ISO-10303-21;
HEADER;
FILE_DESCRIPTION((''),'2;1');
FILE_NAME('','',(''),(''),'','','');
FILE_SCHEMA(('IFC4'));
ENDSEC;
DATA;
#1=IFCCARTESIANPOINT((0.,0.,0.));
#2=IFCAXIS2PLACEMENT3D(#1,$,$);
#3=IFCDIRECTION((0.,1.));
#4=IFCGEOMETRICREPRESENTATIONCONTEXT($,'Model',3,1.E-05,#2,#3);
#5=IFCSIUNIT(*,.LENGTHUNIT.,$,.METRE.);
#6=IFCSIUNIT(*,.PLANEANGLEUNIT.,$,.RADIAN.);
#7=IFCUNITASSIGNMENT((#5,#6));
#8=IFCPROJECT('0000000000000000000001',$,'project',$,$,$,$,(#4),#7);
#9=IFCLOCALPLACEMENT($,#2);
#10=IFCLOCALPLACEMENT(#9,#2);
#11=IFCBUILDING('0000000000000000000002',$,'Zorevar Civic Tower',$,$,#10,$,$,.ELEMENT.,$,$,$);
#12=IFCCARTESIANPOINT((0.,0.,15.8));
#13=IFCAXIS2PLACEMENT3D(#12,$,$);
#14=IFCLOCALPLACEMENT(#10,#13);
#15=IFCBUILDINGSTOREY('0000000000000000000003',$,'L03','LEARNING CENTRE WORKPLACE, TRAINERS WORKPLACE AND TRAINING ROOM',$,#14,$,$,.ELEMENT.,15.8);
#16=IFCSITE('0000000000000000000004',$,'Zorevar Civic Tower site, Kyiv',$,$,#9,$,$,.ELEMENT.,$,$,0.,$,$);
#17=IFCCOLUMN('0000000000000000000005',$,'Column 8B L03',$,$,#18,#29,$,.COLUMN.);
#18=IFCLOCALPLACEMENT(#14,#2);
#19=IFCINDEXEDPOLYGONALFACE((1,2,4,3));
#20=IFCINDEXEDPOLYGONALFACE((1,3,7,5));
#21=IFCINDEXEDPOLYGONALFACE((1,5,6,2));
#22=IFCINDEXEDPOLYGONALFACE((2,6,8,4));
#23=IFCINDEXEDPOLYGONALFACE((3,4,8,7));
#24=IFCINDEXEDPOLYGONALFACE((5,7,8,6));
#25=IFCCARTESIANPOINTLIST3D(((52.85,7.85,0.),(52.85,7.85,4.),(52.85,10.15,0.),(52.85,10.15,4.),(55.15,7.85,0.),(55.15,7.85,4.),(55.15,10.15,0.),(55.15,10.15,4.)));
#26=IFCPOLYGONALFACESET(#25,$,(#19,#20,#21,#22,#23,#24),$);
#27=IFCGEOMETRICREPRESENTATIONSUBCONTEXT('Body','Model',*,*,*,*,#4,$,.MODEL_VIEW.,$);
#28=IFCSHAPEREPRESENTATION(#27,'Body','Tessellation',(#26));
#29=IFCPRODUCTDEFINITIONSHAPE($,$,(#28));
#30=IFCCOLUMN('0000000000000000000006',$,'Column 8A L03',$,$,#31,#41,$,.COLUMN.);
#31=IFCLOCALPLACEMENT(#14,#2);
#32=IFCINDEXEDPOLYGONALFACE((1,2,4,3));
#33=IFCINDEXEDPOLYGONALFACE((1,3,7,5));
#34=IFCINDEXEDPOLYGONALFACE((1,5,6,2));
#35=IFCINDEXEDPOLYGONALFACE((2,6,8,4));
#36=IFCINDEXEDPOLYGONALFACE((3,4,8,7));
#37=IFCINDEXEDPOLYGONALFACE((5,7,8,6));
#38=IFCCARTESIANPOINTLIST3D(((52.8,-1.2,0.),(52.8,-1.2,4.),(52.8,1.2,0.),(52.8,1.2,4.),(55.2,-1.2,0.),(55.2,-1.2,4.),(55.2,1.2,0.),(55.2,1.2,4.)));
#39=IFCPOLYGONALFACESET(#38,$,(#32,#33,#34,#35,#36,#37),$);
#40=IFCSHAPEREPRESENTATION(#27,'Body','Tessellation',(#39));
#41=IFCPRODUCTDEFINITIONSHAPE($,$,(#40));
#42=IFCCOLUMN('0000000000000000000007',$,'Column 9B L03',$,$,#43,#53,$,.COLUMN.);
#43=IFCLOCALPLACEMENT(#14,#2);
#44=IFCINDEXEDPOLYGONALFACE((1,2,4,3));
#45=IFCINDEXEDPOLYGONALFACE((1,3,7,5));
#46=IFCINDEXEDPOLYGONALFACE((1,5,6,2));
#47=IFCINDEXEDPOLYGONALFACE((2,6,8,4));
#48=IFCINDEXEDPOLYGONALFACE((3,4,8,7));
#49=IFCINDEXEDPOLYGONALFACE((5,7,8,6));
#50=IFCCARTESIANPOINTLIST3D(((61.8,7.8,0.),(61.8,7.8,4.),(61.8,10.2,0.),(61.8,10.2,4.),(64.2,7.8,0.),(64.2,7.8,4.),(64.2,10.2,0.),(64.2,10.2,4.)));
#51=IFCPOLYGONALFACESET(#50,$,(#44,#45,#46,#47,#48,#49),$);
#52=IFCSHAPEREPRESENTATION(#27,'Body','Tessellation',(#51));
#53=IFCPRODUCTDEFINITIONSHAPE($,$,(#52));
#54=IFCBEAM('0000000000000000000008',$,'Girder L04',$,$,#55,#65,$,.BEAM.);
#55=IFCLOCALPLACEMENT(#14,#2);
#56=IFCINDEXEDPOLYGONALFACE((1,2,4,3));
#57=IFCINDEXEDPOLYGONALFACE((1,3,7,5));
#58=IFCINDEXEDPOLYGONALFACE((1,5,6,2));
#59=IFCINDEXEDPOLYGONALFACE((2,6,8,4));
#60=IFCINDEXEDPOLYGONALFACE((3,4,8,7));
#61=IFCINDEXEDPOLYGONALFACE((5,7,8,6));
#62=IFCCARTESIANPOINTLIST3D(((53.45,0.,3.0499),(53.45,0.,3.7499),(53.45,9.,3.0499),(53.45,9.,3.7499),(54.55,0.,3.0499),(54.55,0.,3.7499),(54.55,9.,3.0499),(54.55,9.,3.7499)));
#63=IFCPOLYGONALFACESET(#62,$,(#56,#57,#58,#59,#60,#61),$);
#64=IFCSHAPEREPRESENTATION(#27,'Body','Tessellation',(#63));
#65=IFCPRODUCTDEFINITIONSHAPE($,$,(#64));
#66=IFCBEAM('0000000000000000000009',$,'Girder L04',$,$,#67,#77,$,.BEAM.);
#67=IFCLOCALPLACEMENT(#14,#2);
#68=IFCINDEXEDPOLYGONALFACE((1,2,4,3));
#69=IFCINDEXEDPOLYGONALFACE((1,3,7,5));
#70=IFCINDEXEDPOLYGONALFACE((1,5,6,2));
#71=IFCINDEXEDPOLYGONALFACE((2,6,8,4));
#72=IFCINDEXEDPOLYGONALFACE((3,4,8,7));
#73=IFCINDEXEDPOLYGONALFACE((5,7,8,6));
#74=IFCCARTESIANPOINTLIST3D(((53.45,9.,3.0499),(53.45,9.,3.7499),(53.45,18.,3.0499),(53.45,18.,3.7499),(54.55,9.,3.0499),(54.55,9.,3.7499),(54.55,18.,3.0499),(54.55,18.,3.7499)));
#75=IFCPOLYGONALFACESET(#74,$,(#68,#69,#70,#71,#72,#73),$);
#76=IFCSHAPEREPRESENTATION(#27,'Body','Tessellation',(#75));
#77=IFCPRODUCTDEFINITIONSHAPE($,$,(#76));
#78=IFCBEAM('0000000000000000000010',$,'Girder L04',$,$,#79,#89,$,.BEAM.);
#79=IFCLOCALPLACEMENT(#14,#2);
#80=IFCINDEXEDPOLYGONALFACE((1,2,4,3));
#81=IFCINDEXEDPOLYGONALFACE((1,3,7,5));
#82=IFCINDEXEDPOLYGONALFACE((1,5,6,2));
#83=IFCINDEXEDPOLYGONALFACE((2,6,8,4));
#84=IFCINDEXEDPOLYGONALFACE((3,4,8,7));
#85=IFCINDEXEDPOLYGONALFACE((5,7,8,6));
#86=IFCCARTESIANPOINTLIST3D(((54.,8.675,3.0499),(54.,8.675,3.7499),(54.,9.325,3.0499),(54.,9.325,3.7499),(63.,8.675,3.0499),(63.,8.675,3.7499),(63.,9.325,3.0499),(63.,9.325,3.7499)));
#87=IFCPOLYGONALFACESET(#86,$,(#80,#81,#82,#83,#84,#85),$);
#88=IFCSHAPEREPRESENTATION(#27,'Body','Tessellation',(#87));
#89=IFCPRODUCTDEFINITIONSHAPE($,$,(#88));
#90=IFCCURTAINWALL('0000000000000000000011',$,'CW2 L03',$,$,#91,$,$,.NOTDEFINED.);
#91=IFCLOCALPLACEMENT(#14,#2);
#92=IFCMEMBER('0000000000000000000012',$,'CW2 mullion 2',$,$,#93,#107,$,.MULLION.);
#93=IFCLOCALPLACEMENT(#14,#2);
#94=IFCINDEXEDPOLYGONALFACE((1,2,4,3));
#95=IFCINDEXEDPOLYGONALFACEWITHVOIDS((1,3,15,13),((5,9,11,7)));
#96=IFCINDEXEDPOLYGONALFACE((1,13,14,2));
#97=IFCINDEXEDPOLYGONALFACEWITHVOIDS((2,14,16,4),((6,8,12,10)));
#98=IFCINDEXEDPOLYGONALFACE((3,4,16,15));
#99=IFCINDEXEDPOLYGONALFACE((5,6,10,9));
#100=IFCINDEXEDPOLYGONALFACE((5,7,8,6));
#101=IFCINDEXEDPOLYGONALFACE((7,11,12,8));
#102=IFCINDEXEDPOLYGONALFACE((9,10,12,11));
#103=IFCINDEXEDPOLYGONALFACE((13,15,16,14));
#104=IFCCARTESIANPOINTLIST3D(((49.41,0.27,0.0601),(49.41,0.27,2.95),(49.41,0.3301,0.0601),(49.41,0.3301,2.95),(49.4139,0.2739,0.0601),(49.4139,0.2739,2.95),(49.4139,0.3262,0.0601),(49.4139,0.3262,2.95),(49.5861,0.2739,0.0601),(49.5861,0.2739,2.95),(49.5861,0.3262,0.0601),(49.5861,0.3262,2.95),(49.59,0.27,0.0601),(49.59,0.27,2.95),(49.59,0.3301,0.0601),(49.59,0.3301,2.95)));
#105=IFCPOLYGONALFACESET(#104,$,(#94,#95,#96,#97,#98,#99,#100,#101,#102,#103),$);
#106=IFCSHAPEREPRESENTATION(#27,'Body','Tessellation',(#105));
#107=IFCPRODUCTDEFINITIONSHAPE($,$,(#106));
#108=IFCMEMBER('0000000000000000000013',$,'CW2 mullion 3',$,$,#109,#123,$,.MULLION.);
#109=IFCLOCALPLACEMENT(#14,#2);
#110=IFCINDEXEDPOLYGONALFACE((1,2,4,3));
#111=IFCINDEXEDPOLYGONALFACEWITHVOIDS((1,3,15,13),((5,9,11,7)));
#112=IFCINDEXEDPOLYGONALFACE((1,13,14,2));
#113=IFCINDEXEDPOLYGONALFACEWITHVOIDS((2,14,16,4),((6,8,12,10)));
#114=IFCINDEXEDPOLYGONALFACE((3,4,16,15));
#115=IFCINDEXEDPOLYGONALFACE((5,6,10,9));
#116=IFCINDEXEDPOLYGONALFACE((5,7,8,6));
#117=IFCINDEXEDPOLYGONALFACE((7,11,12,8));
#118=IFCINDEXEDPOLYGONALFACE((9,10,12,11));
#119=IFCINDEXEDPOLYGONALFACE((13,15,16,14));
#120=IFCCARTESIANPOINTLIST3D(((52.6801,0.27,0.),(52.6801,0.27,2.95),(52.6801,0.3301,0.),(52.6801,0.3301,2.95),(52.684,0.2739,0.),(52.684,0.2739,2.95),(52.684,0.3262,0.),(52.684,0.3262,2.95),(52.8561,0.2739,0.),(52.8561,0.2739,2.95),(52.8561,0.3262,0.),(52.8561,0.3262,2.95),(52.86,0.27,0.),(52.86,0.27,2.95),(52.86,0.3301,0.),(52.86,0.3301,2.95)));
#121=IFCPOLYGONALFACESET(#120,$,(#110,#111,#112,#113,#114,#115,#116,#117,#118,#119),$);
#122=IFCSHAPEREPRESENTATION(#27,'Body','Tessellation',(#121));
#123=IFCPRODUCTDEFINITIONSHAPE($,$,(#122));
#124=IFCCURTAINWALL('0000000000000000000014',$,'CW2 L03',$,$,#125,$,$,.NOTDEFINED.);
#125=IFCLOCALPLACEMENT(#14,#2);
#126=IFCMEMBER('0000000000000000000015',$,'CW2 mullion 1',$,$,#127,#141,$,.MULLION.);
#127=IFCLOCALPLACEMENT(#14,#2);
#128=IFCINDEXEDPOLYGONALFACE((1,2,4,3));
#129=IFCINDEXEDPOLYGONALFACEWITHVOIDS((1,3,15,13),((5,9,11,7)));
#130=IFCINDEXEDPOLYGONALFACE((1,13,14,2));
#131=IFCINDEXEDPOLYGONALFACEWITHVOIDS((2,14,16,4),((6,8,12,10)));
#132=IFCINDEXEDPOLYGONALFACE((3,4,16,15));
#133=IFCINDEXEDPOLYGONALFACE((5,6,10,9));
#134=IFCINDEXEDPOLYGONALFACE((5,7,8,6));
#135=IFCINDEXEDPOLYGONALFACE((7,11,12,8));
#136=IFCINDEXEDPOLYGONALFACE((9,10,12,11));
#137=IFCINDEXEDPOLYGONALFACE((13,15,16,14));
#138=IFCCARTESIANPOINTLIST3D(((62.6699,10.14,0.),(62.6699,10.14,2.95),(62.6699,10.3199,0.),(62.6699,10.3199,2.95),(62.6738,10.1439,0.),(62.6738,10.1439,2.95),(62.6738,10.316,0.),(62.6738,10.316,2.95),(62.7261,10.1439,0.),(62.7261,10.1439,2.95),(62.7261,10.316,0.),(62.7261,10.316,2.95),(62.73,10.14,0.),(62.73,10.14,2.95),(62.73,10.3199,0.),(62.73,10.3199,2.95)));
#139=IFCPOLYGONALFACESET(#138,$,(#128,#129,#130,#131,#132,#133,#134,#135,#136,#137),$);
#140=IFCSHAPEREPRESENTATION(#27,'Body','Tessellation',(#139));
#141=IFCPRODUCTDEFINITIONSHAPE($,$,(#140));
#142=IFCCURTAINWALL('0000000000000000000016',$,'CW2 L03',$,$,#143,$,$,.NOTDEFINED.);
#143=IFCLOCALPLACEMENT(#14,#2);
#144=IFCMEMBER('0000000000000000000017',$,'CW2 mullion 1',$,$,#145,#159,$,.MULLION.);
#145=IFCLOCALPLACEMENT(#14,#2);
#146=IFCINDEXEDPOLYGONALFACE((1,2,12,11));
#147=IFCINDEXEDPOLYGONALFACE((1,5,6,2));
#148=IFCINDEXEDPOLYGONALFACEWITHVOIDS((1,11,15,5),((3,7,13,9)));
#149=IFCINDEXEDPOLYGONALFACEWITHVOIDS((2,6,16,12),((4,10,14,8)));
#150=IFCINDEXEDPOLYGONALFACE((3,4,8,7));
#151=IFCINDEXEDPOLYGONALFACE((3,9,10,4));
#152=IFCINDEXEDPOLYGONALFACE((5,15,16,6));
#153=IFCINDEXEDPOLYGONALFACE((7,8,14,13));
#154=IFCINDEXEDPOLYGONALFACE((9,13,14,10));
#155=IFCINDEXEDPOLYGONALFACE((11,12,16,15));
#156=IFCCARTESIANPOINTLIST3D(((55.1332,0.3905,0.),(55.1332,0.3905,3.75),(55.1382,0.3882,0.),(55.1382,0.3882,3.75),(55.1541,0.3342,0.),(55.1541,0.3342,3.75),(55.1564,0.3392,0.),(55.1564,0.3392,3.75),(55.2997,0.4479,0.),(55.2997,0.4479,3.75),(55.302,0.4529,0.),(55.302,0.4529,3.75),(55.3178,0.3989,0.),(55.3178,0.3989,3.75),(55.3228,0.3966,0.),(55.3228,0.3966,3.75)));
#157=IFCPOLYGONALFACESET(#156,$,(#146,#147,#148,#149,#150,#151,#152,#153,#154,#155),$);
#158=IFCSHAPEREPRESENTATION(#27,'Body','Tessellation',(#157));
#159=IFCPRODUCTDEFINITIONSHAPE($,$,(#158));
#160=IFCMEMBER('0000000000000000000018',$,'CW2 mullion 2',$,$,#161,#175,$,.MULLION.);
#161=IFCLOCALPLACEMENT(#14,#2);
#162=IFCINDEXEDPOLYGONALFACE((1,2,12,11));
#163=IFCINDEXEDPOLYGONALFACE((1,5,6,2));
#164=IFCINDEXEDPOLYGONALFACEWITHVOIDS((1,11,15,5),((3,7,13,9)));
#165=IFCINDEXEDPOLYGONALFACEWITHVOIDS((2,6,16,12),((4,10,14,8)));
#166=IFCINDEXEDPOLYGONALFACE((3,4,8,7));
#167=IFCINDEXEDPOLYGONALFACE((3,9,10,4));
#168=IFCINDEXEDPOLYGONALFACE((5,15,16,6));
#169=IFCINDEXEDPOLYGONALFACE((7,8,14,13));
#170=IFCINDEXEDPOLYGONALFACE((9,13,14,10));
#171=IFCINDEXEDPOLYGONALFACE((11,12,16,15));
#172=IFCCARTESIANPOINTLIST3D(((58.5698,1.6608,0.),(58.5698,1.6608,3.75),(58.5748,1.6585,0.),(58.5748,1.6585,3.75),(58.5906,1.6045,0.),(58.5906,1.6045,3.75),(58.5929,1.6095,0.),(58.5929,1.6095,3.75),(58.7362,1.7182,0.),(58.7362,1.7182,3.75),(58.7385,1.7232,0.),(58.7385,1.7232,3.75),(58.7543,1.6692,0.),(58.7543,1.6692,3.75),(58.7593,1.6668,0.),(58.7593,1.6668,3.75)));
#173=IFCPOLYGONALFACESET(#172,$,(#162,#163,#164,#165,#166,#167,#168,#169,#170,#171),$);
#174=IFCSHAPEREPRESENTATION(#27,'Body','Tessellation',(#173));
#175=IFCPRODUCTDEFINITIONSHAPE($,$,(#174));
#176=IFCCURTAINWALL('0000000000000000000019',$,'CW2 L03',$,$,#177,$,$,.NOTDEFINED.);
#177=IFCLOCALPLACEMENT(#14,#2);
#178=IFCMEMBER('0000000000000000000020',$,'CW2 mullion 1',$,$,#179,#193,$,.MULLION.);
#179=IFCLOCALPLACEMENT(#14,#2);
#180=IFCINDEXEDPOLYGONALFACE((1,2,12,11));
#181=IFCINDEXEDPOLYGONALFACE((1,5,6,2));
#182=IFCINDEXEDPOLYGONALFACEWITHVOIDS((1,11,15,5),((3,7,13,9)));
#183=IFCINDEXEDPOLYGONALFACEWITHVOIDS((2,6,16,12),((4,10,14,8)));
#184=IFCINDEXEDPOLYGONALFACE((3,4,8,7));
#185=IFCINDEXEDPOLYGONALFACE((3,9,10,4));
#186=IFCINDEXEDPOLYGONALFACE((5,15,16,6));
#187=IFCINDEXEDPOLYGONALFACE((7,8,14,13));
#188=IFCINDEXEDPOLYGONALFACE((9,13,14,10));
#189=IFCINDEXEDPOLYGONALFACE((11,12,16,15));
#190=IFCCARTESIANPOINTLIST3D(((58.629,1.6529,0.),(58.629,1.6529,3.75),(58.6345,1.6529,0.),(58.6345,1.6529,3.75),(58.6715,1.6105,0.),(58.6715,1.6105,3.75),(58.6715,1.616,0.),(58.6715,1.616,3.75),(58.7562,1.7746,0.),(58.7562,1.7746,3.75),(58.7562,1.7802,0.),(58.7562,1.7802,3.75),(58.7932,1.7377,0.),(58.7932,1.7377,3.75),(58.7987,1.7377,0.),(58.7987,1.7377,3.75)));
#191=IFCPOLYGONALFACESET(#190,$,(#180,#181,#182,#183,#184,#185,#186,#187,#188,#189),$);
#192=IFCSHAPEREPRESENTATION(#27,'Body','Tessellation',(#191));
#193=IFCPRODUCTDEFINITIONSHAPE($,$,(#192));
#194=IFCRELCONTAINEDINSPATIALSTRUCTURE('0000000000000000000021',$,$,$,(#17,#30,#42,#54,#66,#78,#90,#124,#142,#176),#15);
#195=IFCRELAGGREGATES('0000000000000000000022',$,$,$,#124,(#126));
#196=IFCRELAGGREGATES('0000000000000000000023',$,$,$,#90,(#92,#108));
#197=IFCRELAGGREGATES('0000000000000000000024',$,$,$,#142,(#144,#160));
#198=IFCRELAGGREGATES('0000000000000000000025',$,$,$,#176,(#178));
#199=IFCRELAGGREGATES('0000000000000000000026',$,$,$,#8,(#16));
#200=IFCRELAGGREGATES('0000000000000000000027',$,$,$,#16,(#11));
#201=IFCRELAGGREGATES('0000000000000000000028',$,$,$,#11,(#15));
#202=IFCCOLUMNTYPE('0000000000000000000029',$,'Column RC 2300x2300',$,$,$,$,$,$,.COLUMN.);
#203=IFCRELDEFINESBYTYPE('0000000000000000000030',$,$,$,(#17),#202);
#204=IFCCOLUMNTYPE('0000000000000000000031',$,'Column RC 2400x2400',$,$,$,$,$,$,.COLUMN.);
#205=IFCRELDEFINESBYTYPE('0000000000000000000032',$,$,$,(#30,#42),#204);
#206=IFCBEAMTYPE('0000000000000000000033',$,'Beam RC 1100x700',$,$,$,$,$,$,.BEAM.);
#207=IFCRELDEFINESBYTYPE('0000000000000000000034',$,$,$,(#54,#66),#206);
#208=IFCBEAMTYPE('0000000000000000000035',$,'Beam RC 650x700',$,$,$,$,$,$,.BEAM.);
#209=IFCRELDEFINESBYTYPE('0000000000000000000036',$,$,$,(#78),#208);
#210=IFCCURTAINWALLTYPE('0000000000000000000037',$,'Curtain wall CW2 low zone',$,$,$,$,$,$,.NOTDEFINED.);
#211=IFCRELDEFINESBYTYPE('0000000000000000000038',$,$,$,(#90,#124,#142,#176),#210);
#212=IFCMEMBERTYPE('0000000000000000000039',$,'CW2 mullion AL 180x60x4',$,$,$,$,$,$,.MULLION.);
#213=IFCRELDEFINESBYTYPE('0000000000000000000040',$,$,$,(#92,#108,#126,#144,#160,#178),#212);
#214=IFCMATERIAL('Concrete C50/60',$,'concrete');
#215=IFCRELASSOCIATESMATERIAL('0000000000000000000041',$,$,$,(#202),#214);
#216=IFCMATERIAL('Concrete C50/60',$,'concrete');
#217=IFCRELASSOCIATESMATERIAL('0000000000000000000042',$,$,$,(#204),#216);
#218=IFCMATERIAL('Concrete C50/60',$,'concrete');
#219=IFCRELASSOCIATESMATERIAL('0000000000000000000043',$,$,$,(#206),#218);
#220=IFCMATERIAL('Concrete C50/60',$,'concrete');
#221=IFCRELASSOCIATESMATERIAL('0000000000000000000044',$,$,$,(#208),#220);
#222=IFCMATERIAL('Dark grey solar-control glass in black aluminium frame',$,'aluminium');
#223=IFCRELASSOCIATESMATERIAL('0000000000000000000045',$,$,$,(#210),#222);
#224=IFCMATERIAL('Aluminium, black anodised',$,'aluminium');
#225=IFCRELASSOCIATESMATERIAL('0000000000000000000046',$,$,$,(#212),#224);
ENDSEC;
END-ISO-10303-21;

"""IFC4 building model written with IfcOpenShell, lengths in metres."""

from ifc_helpers import new_model, si_unit, direction, frame, origin, origin_2d, place, context, subcontext, project, spatial, rectangle, hollow_rectangle, extrude, material, material_profile, profile_set, type_object, element, aggregate, save


model = new_model("IFC4")

# Units and contexts
model_context = context("Model", 3, precision=1e-05, world=origin(), true_north=direction((0.0, 1.0)))
body_context = subcontext(model_context, "Body", "Model", "MODEL_VIEW")
ifc_project = project(units=[si_unit("LENGTHUNIT", "METRE"), si_unit("PLANEANGLEUNIT", "RADIAN")], contexts=[model_context])

# Site, building, storey
site_placement = place(None, origin())
site = spatial("IfcSite", under=ifc_project, at=site_placement, Name="Zorevar Civic Tower site, Kyiv", CompositionType="ELEMENT", RefElevation=0.0)
building_placement = place(site_placement, origin())
building = spatial("IfcBuilding", under=site, at=building_placement, Name="Zorevar Civic Tower", CompositionType="ELEMENT")
storey_placement = place(building_placement, frame((0.0, 0.0, 15.8)))
storey = spatial("IfcBuildingStorey", under=building, at=storey_placement, Name="L03", Description="LEARNING CENTRE WORKPLACE, TRAINERS WORKPLACE AND TRAINING ROOM", CompositionType="ELEMENT", Elevation=15.8)

# Columns
ifc_material_1 = material(Name="Concrete C50/60", Category="concrete")
ifc_material_profile_1 = material_profile(ifc_material_1, rectangle(XDim=2.3, YDim=2.3, at=origin_2d()), Name="RC 2300x2300")
ifc_profile_set_1 = profile_set([ifc_material_profile_1], Name="Concrete C50/60")
column_type_1 = type_object("IfcColumnType", Name="Column RC 2300x2300", PredefinedType="COLUMN", material=ifc_profile_set_1)
column_placement = place(storey_placement, frame((54.0, 9.0, 0.0), z_axis=(0.0, 0.0, 1.0), x_axis=(1.0, 0.0, 0.0)))
element("IfcColumn", 1, at=column_placement, inside=storey, type_object=column_type_1, Name="Column 8B L03", PredefinedType="COLUMN", context=body_context, shape_type="SweptSolid", body=[
    extrude(rectangle(XDim=2.3, YDim=2.3, at=origin_2d()), origin(), (0.0, 0.0, 1.0), 4.0),
])
ifc_material_2 = material(Name="Concrete C50/60", Category="concrete")
ifc_material_profile_2 = material_profile(ifc_material_2, rectangle(XDim=2.3999, YDim=2.3999, at=origin_2d()), Name="RC 2400x2400")
ifc_profile_set_2 = profile_set([ifc_material_profile_2], Name="Concrete C50/60")
column_type_2 = type_object("IfcColumnType", Name="Column RC 2400x2400", PredefinedType="COLUMN", material=ifc_profile_set_2)
for number, where, z_axis, x_axis, name in (
    (2, (54.0, 0.0, 0.0), (0.0, 0.0, 1.0), (1.0, 0.0, 0.0), "Column 8A L03"),
    (3, (63.0, 9.0, 0.0), (0.0, 0.0, 1.0), (1.0, 0.0, 0.0), "Column 9B L03"),
):
    element("IfcColumn", number, at=place(storey_placement, frame(where, z_axis=z_axis, x_axis=x_axis)), inside=storey, type_object=column_type_2, Name=name, PredefinedType="COLUMN", context=body_context, shape_type="SweptSolid", body=[
        extrude(rectangle(XDim=2.3999, YDim=2.3999, at=origin_2d()), origin(), (0.0, 0.0, 1.0), 4.0),
    ])

# Beams
ifc_material_3 = material(Name="Concrete C50/60", Category="concrete")
ifc_material_profile_3 = material_profile(ifc_material_3, rectangle(XDim=1.1001, YDim=0.7, at=origin_2d()), Name="RC 1100x700")
ifc_profile_set_3 = profile_set([ifc_material_profile_3], Name="Concrete C50/60")
beam_type_1 = type_object("IfcBeamType", Name="Beam RC 1100x700", PredefinedType="BEAM", material=ifc_profile_set_3)
for number, where, z_axis, x_axis, name in (
    (4, (54.0, 0.0, 3.3999), (0.0, 1.0, 0.0), (-1.0, 0.0, 0.0), "Girder L04"),
    (5, (54.0, 9.0, 3.3999), (0.0, 1.0, 0.0), (-1.0, 0.0, 0.0), "Girder L04"),
):
    element("IfcBeam", number, at=place(storey_placement, frame(where, z_axis=z_axis, x_axis=x_axis)), inside=storey, type_object=beam_type_1, Name=name, PredefinedType="BEAM", context=body_context, shape_type="SweptSolid", body=[
        extrude(rectangle(XDim=1.1001, YDim=0.7, at=origin_2d()), origin(), (0.0, 0.0, 1.0), 9.0),
    ])
ifc_material_4 = material(Name="Concrete C50/60", Category="concrete")
ifc_material_profile_4 = material_profile(ifc_material_4, rectangle(XDim=0.6499, YDim=0.7, at=origin_2d()), Name="RC 650x700")
ifc_profile_set_4 = profile_set([ifc_material_profile_4], Name="Concrete C50/60")
beam_type_2 = type_object("IfcBeamType", Name="Beam RC 650x700", PredefinedType="BEAM", material=ifc_profile_set_4)
beam_1_placement = place(storey_placement, frame((54.0, 9.0, 3.3999), z_axis=(1.0, 0.0, 0.0), x_axis=(0.0, 1.0, 0.0)))
element("IfcBeam", 6, at=beam_1_placement, inside=storey, type_object=beam_type_2, Name="Girder L04", PredefinedType="BEAM", context=body_context, shape_type="SweptSolid", body=[
    extrude(rectangle(XDim=0.6499, YDim=0.7, at=origin_2d()), origin(), (0.0, 0.0, 1.0), 9.0),
])

# Curtain wall, members
ifc_material_5 = material(Name="Dark grey solar-control glass in black aluminium frame", Category="aluminium")
curtain_wall_type = type_object("IfcCurtainWallType", Name="Curtain wall CW2 low zone", PredefinedType="NOTDEFINED", material=ifc_material_5)
curtain_wall_1_placement = place(storey_placement, origin())
curtain_wall_1 = element("IfcCurtainWall", 7, at=curtain_wall_1_placement, inside=storey, type_object=curtain_wall_type, Name="CW2 L03", PredefinedType="NOTDEFINED")
ifc_material_6 = material(Name="Aluminium, black anodised", Category="aluminium")
ifc_material_profile_5 = material_profile(ifc_material_6, hollow_rectangle(XDim=0.0601, YDim=0.1799, WallThickness=0.0039, at=origin_2d()), Name="AL 180x60x4")
ifc_profile_set_5 = profile_set([ifc_material_profile_5], Name="Aluminium, black anodised")
member_type_1 = type_object("IfcMemberType", Name="CW2 mullion AL 180x60x4", PredefinedType="MULLION", material=ifc_profile_set_5)
member_1_placement = place(storey_placement, frame((49.5, 0.3, 0.0601), z_axis=(0.0, 0.0, 1.0), x_axis=(0.0, 1.0, 0.0)))
member_1 = element("IfcMember", 8, at=member_1_placement, type_object=member_type_1, Name="CW2 mullion 2", PredefinedType="MULLION", context=body_context, shape_type="SweptSolid", body=[
    extrude(hollow_rectangle(XDim=0.0601, YDim=0.1799, WallThickness=0.0039, at=origin_2d()), origin(), (0.0, 0.0, 1.0), 2.8899),
])
member_2_placement = place(storey_placement, frame((52.77, 0.3, 0.0), z_axis=(0.0, 0.0, 1.0), x_axis=(0.0, 1.0, 0.0)))
member_2 = element("IfcMember", 9, at=member_2_placement, type_object=member_type_1, Name="CW2 mullion 3", PredefinedType="MULLION", context=body_context, shape_type="SweptSolid", body=[
    extrude(hollow_rectangle(XDim=0.0601, YDim=0.1799, WallThickness=0.0039, at=origin_2d()), origin(), (0.0, 0.0, 1.0), 2.95),
])

# Curtain wall, member
curtain_wall_2_placement = place(storey_placement, origin())
curtain_wall_2 = element("IfcCurtainWall", 10, at=curtain_wall_2_placement, inside=storey, type_object=curtain_wall_type, Name="CW2 L03", PredefinedType="NOTDEFINED")
member_3_placement = place(storey_placement, frame((62.7, 10.23, 0.0), z_axis=(0.0, 0.0, 1.0), x_axis=(-1.0, 0.0, 0.0)))
member_3 = element("IfcMember", 11, at=member_3_placement, type_object=member_type_1, Name="CW2 mullion 1", PredefinedType="MULLION", context=body_context, shape_type="SweptSolid", body=[
    extrude(hollow_rectangle(XDim=0.0601, YDim=0.1799, WallThickness=0.0039, at=origin_2d()), origin(), (0.0, 0.0, 1.0), 2.95),
])
aggregate(curtain_wall_2, [member_3])

# Curtain walls, members
curtain_wall_3_placement = place(storey_placement, origin())
curtain_wall_3 = element("IfcCurtainWall", 12, at=curtain_wall_3_placement, inside=storey, type_object=curtain_wall_type, Name="CW2 L03", PredefinedType="NOTDEFINED")
member_4_placement = place(storey_placement, frame((55.228, 0.3936, 0.0), z_axis=(0.0, 0.0, 1.0), x_axis=(-0.346704, 0.937975, 0.0)))
member_4 = element("IfcMember", 13, at=member_4_placement, type_object=member_type_1, Name="CW2 mullion 1", PredefinedType="MULLION", context=body_context, shape_type="SweptSolid", body=[
    extrude(hollow_rectangle(XDim=0.0601, YDim=0.1799, WallThickness=0.0039, at=origin_2d()), origin(), (0.0, 0.0, 1.0), 3.75),
])
member_5_placement = place(storey_placement, frame((58.6646, 1.6638, 0.0), z_axis=(0.0, 0.0, 1.0), x_axis=(-0.346704, 0.937975, 0.0)))
member_5 = element("IfcMember", 14, at=member_5_placement, type_object=member_type_1, Name="CW2 mullion 2", PredefinedType="MULLION", context=body_context, shape_type="SweptSolid", body=[
    extrude(hollow_rectangle(XDim=0.0601, YDim=0.1799, WallThickness=0.0039, at=origin_2d()), origin(), (0.0, 0.0, 1.0), 3.75),
])
curtain_wall_4_placement = place(storey_placement, origin())
curtain_wall_4 = element("IfcCurtainWall", 15, at=curtain_wall_4_placement, inside=storey, type_object=curtain_wall_type, Name="CW2 L03", PredefinedType="NOTDEFINED")
member_6_placement = place(storey_placement, frame((58.7139, 1.6953, 0.0), z_axis=(0.0, 0.0, 1.0), x_axis=(-0.707107, 0.707107, 0.0)))
member_6 = element("IfcMember", 16, at=member_6_placement, type_object=member_type_1, Name="CW2 mullion 1", PredefinedType="MULLION", context=body_context, shape_type="SweptSolid", body=[
    extrude(hollow_rectangle(XDim=0.0601, YDim=0.1799, WallThickness=0.0039, at=origin_2d()), origin(), (0.0, 0.0, 1.0), 3.75),
])

aggregate(curtain_wall_1, [member_1, member_2])
aggregate(curtain_wall_3, [member_4, member_5])
aggregate(curtain_wall_4, [member_6])

save(model, "model.ifc")
